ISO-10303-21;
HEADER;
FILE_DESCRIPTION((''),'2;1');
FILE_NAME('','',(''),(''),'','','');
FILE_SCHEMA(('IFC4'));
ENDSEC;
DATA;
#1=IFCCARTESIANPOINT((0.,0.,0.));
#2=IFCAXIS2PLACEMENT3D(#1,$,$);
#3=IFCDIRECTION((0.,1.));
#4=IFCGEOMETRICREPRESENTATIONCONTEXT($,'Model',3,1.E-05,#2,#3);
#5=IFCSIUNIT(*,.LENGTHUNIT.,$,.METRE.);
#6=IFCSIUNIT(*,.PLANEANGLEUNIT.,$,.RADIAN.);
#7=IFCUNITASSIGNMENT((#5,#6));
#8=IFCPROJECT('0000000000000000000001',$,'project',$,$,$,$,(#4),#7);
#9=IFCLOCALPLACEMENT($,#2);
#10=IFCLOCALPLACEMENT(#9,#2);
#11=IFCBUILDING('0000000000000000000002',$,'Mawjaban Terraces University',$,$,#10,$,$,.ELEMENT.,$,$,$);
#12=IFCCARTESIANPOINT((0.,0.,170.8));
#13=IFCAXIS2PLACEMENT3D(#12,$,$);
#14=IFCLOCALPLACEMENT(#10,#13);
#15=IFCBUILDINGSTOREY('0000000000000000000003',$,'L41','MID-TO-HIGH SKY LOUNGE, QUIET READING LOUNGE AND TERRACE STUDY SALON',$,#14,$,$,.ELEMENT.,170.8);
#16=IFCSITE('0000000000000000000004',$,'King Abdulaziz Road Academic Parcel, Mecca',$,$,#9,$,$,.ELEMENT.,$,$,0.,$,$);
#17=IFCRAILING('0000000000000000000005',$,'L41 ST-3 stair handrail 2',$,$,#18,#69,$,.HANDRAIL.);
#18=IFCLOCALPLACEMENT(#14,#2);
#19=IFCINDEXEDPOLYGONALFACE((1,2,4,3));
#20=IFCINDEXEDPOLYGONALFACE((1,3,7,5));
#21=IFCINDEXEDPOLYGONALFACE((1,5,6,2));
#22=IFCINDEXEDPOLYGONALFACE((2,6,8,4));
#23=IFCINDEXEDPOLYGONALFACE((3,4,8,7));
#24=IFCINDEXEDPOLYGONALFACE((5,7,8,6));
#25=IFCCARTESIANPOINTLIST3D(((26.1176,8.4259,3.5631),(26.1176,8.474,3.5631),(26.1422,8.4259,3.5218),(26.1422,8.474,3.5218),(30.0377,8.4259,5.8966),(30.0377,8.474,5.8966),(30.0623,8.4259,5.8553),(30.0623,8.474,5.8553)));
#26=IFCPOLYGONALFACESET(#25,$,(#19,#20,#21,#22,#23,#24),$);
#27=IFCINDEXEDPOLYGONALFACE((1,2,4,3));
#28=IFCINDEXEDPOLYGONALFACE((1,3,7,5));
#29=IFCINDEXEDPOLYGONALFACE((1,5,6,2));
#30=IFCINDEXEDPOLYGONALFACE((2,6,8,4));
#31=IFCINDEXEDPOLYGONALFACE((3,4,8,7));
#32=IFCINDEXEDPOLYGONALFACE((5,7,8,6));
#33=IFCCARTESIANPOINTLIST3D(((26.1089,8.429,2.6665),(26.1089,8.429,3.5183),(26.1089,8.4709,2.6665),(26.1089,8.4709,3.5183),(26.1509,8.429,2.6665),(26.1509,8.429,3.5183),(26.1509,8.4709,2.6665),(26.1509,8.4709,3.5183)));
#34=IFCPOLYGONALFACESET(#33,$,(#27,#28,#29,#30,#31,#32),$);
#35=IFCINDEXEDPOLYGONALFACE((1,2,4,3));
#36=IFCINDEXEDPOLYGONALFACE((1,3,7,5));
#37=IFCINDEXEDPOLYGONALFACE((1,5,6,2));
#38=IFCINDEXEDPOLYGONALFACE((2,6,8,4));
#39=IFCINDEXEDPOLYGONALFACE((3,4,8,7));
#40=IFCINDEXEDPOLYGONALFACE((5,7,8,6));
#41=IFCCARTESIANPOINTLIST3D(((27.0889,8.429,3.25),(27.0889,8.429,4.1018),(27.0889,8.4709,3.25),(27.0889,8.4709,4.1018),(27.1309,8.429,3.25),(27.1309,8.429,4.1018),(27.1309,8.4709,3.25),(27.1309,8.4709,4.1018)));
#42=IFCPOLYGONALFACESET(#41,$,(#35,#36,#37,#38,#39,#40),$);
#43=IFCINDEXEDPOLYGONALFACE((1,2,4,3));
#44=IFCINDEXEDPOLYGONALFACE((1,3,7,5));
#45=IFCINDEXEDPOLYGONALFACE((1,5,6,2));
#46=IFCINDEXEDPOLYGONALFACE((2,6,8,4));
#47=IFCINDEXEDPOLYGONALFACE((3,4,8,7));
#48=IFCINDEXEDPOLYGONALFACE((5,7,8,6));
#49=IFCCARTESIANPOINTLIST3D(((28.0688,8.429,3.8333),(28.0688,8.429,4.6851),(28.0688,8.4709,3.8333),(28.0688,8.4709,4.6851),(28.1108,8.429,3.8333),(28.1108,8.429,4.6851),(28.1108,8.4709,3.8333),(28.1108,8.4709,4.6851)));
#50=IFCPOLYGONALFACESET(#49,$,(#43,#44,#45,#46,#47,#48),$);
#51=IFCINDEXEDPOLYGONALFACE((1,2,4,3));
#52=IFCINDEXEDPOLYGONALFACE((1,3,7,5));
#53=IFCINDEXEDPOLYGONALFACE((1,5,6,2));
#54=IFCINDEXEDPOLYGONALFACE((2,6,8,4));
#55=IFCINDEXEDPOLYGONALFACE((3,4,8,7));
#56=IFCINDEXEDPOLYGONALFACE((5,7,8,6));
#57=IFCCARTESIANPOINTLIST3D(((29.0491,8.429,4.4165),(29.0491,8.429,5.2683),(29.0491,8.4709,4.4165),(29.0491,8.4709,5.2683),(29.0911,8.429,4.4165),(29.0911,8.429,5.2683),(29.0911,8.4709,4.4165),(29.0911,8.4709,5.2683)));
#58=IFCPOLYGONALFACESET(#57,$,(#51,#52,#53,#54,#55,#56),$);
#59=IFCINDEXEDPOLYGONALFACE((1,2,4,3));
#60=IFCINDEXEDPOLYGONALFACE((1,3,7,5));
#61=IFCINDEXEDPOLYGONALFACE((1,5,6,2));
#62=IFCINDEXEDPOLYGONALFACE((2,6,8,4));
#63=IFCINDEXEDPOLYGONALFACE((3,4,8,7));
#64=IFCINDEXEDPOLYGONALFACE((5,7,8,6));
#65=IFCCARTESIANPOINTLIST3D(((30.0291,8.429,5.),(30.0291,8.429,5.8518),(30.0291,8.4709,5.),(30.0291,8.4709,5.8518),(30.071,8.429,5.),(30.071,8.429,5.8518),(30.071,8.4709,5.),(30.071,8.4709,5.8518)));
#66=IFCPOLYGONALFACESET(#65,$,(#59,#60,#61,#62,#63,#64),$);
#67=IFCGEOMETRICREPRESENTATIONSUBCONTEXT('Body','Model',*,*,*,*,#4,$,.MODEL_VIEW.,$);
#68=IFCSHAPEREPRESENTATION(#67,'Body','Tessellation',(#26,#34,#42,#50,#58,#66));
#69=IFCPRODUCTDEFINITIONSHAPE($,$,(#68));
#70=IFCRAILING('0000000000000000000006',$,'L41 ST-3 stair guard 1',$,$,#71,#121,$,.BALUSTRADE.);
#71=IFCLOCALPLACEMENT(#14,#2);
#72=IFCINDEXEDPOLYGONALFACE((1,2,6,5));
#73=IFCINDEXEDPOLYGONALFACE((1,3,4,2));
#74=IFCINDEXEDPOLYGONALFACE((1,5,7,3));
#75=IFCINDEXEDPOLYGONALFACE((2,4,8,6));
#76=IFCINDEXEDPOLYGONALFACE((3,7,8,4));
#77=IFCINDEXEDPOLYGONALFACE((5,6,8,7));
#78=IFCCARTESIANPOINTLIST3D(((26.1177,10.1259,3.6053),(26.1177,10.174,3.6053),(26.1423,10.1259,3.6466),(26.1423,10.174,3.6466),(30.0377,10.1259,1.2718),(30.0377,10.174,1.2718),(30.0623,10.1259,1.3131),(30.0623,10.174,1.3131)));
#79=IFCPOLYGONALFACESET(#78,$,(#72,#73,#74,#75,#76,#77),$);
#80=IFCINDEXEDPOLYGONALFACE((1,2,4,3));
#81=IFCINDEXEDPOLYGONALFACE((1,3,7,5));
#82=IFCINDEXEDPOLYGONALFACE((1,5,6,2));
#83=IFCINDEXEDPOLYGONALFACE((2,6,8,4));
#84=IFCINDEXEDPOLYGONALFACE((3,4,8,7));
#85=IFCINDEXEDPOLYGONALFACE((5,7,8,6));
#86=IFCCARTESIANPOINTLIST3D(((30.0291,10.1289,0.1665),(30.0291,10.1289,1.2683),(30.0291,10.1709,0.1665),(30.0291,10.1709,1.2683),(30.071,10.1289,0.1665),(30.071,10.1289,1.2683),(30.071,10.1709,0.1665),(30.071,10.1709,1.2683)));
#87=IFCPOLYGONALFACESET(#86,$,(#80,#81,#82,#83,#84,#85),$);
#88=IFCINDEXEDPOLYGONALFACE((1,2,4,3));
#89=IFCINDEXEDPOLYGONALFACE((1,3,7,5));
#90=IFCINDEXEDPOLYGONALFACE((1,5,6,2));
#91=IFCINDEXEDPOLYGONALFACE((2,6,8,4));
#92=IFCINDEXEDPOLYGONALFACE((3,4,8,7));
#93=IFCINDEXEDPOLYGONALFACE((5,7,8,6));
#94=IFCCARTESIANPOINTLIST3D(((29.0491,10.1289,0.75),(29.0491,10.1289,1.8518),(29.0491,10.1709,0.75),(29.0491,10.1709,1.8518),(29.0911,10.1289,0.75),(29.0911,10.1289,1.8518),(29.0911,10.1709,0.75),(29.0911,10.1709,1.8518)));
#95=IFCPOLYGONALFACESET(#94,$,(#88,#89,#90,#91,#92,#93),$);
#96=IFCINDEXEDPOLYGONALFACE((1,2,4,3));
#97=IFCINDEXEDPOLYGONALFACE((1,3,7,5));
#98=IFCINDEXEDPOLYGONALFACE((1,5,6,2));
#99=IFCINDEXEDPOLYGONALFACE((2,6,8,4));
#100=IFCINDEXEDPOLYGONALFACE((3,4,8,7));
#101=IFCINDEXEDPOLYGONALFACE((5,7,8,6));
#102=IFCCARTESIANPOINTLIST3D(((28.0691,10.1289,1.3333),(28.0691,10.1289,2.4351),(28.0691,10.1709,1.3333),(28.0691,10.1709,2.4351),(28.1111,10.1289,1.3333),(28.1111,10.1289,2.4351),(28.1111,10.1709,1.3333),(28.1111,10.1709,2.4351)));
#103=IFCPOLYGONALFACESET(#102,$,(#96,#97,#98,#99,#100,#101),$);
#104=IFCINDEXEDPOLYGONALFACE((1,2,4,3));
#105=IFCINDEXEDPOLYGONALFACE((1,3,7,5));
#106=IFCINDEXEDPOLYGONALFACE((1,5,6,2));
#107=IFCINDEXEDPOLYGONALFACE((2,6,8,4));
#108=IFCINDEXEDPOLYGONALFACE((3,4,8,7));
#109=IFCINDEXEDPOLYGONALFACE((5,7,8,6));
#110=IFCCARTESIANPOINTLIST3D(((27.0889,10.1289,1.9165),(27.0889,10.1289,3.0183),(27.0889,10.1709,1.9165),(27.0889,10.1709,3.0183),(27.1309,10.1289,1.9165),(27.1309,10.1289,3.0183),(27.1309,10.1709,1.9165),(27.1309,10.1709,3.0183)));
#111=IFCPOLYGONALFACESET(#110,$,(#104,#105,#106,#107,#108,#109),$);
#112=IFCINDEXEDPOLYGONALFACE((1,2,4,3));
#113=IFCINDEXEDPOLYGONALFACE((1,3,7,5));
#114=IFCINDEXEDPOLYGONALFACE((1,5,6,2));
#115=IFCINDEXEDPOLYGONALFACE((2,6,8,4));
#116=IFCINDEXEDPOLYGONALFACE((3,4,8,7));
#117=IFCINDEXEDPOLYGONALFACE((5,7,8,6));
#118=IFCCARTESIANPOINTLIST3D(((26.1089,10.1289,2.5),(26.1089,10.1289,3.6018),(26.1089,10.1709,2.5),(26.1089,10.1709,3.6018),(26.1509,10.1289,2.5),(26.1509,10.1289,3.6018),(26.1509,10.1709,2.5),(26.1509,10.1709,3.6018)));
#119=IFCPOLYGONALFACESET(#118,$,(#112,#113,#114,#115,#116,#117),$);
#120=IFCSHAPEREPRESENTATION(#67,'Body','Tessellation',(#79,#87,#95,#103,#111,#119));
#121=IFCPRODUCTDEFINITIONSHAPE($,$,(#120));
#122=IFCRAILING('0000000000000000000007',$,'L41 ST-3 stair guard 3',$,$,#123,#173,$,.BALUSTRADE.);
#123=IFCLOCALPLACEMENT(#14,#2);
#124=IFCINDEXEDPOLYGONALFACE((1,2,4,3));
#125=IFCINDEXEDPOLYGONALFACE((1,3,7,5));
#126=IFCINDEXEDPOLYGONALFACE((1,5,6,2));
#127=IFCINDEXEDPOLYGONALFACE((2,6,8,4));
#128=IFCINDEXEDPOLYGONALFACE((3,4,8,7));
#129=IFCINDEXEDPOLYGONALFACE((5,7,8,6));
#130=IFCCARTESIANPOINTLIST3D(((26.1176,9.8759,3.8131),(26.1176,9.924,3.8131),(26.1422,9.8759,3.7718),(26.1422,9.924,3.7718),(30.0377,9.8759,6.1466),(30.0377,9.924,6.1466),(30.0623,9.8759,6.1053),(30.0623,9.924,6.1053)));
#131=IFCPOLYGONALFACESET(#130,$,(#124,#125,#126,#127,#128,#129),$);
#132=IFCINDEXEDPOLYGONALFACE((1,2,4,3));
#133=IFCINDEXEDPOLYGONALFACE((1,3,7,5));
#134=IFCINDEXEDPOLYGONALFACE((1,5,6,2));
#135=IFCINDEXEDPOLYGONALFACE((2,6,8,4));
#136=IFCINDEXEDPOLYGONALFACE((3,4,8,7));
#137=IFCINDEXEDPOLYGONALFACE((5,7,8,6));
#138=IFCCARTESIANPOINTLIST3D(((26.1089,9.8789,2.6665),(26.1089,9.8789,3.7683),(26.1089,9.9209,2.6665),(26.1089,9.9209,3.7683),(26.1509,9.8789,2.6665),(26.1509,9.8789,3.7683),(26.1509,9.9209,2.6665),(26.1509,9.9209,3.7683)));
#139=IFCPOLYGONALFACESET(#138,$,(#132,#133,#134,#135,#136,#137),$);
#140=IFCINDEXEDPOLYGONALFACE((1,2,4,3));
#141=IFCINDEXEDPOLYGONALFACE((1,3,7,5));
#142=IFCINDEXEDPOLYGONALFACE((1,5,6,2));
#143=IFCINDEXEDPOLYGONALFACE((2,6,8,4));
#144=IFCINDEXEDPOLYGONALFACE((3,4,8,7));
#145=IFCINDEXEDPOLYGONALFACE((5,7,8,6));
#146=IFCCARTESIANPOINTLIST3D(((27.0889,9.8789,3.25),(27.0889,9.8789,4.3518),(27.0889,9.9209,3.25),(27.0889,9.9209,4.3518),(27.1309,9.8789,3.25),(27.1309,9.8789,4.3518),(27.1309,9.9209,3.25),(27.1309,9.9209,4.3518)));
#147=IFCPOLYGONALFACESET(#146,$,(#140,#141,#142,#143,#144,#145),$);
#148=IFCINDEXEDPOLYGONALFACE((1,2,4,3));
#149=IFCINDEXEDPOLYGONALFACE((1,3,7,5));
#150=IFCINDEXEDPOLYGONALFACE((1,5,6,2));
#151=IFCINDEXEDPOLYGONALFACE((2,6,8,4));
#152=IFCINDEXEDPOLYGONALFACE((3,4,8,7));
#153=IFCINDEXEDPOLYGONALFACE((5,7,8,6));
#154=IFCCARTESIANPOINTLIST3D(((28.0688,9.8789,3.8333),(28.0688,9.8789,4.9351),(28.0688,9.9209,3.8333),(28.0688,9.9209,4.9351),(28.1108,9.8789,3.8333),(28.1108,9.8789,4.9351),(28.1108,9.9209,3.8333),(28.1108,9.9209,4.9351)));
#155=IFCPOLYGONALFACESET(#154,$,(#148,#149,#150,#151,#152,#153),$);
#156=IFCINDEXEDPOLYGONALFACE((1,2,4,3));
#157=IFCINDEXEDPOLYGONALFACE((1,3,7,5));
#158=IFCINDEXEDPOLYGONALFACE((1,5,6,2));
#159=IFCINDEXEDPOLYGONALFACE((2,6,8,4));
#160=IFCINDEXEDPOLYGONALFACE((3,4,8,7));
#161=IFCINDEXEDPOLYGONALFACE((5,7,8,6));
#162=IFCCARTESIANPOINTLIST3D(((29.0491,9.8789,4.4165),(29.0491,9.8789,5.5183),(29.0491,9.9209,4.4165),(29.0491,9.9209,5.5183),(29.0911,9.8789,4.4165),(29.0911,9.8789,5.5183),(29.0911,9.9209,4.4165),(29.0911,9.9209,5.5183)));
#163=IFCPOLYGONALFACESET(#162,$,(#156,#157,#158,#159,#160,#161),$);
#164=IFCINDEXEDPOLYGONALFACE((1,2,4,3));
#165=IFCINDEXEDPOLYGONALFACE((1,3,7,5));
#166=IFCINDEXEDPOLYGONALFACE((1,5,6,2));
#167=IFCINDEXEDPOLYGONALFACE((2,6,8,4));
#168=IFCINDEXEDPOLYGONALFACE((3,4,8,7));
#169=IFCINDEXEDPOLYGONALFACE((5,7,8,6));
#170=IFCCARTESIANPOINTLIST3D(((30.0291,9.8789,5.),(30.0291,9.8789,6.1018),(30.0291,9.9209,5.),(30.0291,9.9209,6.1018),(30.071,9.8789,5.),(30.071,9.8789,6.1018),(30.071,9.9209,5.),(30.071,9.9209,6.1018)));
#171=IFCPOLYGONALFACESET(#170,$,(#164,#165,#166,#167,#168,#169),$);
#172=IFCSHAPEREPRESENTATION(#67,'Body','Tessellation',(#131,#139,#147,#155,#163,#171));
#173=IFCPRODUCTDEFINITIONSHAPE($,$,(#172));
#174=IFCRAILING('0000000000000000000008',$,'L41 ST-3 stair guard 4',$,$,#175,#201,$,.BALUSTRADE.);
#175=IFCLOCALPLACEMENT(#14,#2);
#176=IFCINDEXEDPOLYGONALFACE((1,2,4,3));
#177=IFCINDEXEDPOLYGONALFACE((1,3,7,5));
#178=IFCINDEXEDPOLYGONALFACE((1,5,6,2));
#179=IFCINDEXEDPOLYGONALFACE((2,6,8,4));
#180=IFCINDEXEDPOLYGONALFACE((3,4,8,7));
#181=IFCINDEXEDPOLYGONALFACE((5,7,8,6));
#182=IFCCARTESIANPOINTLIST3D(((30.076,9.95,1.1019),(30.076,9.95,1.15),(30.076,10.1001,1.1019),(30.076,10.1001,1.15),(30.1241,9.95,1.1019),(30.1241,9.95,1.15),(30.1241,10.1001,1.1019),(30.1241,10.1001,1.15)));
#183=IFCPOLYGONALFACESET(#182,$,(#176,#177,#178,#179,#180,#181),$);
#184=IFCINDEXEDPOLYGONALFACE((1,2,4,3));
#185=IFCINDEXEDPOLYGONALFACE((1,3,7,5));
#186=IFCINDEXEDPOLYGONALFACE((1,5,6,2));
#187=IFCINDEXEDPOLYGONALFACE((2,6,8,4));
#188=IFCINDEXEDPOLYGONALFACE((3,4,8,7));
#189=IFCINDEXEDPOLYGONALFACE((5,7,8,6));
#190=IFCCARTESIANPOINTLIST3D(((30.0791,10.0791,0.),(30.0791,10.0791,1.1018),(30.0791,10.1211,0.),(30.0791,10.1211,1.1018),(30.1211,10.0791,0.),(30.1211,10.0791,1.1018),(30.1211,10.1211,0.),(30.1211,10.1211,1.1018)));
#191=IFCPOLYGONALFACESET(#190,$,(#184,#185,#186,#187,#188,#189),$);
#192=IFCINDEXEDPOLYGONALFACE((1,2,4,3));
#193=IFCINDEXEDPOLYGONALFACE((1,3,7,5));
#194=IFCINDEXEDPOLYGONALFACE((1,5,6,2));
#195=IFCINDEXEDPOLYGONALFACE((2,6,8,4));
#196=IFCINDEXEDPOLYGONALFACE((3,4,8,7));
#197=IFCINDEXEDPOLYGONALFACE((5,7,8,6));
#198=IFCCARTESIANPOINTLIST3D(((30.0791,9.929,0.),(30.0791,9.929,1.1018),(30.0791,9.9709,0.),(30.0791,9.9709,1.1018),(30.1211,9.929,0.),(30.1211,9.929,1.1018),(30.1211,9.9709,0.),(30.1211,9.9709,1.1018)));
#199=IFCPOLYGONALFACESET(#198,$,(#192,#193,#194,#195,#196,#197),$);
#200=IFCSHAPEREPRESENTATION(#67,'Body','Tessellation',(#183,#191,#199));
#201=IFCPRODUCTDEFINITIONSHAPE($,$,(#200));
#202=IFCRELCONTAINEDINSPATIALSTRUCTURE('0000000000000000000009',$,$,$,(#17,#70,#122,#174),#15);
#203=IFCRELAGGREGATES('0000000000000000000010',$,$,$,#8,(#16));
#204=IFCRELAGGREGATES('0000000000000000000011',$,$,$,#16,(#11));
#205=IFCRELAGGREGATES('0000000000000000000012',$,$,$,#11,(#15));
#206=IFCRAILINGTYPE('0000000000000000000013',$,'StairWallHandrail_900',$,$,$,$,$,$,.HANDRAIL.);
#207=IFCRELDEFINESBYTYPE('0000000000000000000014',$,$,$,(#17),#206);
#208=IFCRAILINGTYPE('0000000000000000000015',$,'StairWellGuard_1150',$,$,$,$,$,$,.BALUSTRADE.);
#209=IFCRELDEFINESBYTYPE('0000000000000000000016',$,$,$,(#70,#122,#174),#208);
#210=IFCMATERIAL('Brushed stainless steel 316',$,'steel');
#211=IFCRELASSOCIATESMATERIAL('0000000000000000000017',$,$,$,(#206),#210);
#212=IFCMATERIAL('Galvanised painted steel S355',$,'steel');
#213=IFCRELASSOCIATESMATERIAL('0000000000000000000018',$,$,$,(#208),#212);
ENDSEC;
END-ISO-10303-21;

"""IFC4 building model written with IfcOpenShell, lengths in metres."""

from ifc_helpers import new_model, si_unit, direction, frame, origin, origin_2d, place, context, subcontext, project, spatial, rectangle, extrude, material, type_object, element, save


model = new_model("IFC4")

# Units and contexts
model_context = context("Model", 3, precision=1e-05, world=origin(), true_north=direction((0.0, 1.0)))
body_context = subcontext(model_context, "Body", "Model", "MODEL_VIEW")
ifc_project = project(units=[si_unit("LENGTHUNIT", "METRE"), si_unit("PLANEANGLEUNIT", "RADIAN")], contexts=[model_context])

# Site, building, storey
site_placement = place(None, origin())
site = spatial("IfcSite", under=ifc_project, at=site_placement, Name="King Abdulaziz Road Academic Parcel, Mecca", CompositionType="ELEMENT", RefElevation=0.0)
building_placement = place(site_placement, origin())
building = spatial("IfcBuilding", under=site, at=building_placement, Name="Mawjaban Terraces University", CompositionType="ELEMENT")
storey_placement = place(building_placement, frame((0.0, 0.0, 170.8)))
storey = spatial("IfcBuildingStorey", under=building, at=storey_placement, Name="L41", Description="MID-TO-HIGH SKY LOUNGE, QUIET READING LOUNGE AND TERRACE STUDY SALON", CompositionType="ELEMENT", Elevation=170.8)

# Railings
ifc_material_1 = material(Name="Brushed stainless steel 316", Category="steel")
railing_type_1 = type_object("IfcRailingType", Name="StairWallHandrail_900", PredefinedType="HANDRAIL", material=ifc_material_1)
railing_1_placement = place(storey_placement, frame((26.1299, 8.45, 2.6665)))
element("IfcRailing", 1, at=railing_1_placement, inside=storey, type_object=railing_type_1, Name="L41 ST-3 stair handrail 2", PredefinedType="HANDRAIL", context=body_context, shape_type="SweptSolid", body=[
    extrude(rectangle(XDim=0.0481, YDim=0.0481, at=origin_2d()), frame((0.0, 0.0, 0.876), z_axis=(0.859287, 0.0, 0.511494), x_axis=(0.0, 1.0, 0.0)), (0.0, 0.0, 1.0), 4.562),
    extrude(rectangle(XDim=0.042, YDim=0.042, at=origin_2d()), origin(), (0.0, 0.0, 1.0), 0.8518),
    extrude(rectangle(XDim=0.042, YDim=0.042, at=origin_2d()), frame((0.98, 0.0, 0.5835)), (0.0, 0.0, 1.0), 0.8518),
    extrude(rectangle(XDim=0.042, YDim=0.042, at=origin_2d()), frame((1.96, 0.0, 1.1667)), (0.0, 0.0, 1.0), 0.8518),
    extrude(rectangle(XDim=0.042, YDim=0.042, at=origin_2d()), frame((2.9402, 0.0, 1.75)), (0.0, 0.0, 1.0), 0.8518),
    extrude(rectangle(XDim=0.042, YDim=0.042, at=origin_2d()), frame((3.9202, 0.0, 2.3335)), (0.0, 0.0, 1.0), 0.8518),
])
ifc_material_2 = material(Name="Galvanised painted steel S355", Category="steel")
railing_type_2 = type_object("IfcRailingType", Name="StairWellGuard_1150", PredefinedType="BALUSTRADE", material=ifc_material_2)
railing_2_placement = place(storey_placement, frame((30.05, 10.1499, 0.1665)))
element("IfcRailing", 2, at=railing_2_placement, inside=storey, type_object=railing_type_2, Name="L41 ST-3 stair guard 1", PredefinedType="BALUSTRADE", context=body_context, shape_type="SweptSolid", body=[
    extrude(rectangle(XDim=0.0481, YDim=0.0481, at=origin_2d()), frame((0.0, 0.0, 1.126), z_axis=(-0.859287, 0.0, 0.511494), x_axis=(0.0, -1.0, 0.0)), (0.0, 0.0, 1.0), 4.562),
    extrude(rectangle(XDim=0.042, YDim=0.042, at=origin_2d()), origin(), (0.0, 0.0, 1.0), 1.1018),
    extrude(rectangle(XDim=0.042, YDim=0.042, at=origin_2d()), frame((-0.98, 0.0, 0.5835)), (0.0, 0.0, 1.0), 1.1018),
    extrude(rectangle(XDim=0.042, YDim=0.042, at=origin_2d()), frame((-1.96, 0.0, 1.1667)), (0.0, 0.0, 1.0), 1.1018),
    extrude(rectangle(XDim=0.042, YDim=0.042, at=origin_2d()), frame((-2.9402, 0.0, 1.75)), (0.0, 0.0, 1.0), 1.1018),
    extrude(rectangle(XDim=0.042, YDim=0.042, at=origin_2d()), frame((-3.9202, 0.0, 2.3335)), (0.0, 0.0, 1.0), 1.1018),
])
railing_3_placement = place(storey_placement, frame((26.1299, 9.8999, 2.6665)))
element("IfcRailing", 3, at=railing_3_placement, inside=storey, type_object=railing_type_2, Name="L41 ST-3 stair guard 3", PredefinedType="BALUSTRADE", context=body_context, shape_type="SweptSolid", body=[
    extrude(rectangle(XDim=0.0481, YDim=0.0481, at=origin_2d()), frame((0.0, 0.0, 1.126), z_axis=(0.859287, 0.0, 0.511494), x_axis=(0.0, 1.0, 0.0)), (0.0, 0.0, 1.0), 4.562),
    extrude(rectangle(XDim=0.042, YDim=0.042, at=origin_2d()), origin(), (0.0, 0.0, 1.0), 1.1018),
    extrude(rectangle(XDim=0.042, YDim=0.042, at=origin_2d()), frame((0.98, 0.0, 0.5835)), (0.0, 0.0, 1.0), 1.1018),
    extrude(rectangle(XDim=0.042, YDim=0.042, at=origin_2d()), frame((1.96, 0.0, 1.1667)), (0.0, 0.0, 1.0), 1.1018),
    extrude(rectangle(XDim=0.042, YDim=0.042, at=origin_2d()), frame((2.9402, 0.0, 1.75)), (0.0, 0.0, 1.0), 1.1018),
    extrude(rectangle(XDim=0.042, YDim=0.042, at=origin_2d()), frame((3.9202, 0.0, 2.3335)), (0.0, 0.0, 1.0), 1.1018),
])
railing_4_placement = place(storey_placement, frame((30.1001, 10.1001, 0.0)))
element("IfcRailing", 4, at=railing_4_placement, inside=storey, type_object=railing_type_2, Name="L41 ST-3 stair guard 4", PredefinedType="BALUSTRADE", context=body_context, shape_type="SweptSolid", body=[
    extrude(rectangle(XDim=0.0481, YDim=0.0481, at=origin_2d()), frame((0.0, 0.0, 1.126), z_axis=(0.0, -1.0, 0.0), x_axis=(1.0, 0.0, 0.0)), (0.0, 0.0, 1.0), 0.1501),
    extrude(rectangle(XDim=0.042, YDim=0.042, at=origin_2d()), origin(), (0.0, 0.0, 1.0), 1.1018),
    extrude(rectangle(XDim=0.042, YDim=0.042, at=origin_2d()), frame((0.0, -0.1501, 0.0)), (0.0, 0.0, 1.0), 1.1018),
])

save(model, "model.ifc")
